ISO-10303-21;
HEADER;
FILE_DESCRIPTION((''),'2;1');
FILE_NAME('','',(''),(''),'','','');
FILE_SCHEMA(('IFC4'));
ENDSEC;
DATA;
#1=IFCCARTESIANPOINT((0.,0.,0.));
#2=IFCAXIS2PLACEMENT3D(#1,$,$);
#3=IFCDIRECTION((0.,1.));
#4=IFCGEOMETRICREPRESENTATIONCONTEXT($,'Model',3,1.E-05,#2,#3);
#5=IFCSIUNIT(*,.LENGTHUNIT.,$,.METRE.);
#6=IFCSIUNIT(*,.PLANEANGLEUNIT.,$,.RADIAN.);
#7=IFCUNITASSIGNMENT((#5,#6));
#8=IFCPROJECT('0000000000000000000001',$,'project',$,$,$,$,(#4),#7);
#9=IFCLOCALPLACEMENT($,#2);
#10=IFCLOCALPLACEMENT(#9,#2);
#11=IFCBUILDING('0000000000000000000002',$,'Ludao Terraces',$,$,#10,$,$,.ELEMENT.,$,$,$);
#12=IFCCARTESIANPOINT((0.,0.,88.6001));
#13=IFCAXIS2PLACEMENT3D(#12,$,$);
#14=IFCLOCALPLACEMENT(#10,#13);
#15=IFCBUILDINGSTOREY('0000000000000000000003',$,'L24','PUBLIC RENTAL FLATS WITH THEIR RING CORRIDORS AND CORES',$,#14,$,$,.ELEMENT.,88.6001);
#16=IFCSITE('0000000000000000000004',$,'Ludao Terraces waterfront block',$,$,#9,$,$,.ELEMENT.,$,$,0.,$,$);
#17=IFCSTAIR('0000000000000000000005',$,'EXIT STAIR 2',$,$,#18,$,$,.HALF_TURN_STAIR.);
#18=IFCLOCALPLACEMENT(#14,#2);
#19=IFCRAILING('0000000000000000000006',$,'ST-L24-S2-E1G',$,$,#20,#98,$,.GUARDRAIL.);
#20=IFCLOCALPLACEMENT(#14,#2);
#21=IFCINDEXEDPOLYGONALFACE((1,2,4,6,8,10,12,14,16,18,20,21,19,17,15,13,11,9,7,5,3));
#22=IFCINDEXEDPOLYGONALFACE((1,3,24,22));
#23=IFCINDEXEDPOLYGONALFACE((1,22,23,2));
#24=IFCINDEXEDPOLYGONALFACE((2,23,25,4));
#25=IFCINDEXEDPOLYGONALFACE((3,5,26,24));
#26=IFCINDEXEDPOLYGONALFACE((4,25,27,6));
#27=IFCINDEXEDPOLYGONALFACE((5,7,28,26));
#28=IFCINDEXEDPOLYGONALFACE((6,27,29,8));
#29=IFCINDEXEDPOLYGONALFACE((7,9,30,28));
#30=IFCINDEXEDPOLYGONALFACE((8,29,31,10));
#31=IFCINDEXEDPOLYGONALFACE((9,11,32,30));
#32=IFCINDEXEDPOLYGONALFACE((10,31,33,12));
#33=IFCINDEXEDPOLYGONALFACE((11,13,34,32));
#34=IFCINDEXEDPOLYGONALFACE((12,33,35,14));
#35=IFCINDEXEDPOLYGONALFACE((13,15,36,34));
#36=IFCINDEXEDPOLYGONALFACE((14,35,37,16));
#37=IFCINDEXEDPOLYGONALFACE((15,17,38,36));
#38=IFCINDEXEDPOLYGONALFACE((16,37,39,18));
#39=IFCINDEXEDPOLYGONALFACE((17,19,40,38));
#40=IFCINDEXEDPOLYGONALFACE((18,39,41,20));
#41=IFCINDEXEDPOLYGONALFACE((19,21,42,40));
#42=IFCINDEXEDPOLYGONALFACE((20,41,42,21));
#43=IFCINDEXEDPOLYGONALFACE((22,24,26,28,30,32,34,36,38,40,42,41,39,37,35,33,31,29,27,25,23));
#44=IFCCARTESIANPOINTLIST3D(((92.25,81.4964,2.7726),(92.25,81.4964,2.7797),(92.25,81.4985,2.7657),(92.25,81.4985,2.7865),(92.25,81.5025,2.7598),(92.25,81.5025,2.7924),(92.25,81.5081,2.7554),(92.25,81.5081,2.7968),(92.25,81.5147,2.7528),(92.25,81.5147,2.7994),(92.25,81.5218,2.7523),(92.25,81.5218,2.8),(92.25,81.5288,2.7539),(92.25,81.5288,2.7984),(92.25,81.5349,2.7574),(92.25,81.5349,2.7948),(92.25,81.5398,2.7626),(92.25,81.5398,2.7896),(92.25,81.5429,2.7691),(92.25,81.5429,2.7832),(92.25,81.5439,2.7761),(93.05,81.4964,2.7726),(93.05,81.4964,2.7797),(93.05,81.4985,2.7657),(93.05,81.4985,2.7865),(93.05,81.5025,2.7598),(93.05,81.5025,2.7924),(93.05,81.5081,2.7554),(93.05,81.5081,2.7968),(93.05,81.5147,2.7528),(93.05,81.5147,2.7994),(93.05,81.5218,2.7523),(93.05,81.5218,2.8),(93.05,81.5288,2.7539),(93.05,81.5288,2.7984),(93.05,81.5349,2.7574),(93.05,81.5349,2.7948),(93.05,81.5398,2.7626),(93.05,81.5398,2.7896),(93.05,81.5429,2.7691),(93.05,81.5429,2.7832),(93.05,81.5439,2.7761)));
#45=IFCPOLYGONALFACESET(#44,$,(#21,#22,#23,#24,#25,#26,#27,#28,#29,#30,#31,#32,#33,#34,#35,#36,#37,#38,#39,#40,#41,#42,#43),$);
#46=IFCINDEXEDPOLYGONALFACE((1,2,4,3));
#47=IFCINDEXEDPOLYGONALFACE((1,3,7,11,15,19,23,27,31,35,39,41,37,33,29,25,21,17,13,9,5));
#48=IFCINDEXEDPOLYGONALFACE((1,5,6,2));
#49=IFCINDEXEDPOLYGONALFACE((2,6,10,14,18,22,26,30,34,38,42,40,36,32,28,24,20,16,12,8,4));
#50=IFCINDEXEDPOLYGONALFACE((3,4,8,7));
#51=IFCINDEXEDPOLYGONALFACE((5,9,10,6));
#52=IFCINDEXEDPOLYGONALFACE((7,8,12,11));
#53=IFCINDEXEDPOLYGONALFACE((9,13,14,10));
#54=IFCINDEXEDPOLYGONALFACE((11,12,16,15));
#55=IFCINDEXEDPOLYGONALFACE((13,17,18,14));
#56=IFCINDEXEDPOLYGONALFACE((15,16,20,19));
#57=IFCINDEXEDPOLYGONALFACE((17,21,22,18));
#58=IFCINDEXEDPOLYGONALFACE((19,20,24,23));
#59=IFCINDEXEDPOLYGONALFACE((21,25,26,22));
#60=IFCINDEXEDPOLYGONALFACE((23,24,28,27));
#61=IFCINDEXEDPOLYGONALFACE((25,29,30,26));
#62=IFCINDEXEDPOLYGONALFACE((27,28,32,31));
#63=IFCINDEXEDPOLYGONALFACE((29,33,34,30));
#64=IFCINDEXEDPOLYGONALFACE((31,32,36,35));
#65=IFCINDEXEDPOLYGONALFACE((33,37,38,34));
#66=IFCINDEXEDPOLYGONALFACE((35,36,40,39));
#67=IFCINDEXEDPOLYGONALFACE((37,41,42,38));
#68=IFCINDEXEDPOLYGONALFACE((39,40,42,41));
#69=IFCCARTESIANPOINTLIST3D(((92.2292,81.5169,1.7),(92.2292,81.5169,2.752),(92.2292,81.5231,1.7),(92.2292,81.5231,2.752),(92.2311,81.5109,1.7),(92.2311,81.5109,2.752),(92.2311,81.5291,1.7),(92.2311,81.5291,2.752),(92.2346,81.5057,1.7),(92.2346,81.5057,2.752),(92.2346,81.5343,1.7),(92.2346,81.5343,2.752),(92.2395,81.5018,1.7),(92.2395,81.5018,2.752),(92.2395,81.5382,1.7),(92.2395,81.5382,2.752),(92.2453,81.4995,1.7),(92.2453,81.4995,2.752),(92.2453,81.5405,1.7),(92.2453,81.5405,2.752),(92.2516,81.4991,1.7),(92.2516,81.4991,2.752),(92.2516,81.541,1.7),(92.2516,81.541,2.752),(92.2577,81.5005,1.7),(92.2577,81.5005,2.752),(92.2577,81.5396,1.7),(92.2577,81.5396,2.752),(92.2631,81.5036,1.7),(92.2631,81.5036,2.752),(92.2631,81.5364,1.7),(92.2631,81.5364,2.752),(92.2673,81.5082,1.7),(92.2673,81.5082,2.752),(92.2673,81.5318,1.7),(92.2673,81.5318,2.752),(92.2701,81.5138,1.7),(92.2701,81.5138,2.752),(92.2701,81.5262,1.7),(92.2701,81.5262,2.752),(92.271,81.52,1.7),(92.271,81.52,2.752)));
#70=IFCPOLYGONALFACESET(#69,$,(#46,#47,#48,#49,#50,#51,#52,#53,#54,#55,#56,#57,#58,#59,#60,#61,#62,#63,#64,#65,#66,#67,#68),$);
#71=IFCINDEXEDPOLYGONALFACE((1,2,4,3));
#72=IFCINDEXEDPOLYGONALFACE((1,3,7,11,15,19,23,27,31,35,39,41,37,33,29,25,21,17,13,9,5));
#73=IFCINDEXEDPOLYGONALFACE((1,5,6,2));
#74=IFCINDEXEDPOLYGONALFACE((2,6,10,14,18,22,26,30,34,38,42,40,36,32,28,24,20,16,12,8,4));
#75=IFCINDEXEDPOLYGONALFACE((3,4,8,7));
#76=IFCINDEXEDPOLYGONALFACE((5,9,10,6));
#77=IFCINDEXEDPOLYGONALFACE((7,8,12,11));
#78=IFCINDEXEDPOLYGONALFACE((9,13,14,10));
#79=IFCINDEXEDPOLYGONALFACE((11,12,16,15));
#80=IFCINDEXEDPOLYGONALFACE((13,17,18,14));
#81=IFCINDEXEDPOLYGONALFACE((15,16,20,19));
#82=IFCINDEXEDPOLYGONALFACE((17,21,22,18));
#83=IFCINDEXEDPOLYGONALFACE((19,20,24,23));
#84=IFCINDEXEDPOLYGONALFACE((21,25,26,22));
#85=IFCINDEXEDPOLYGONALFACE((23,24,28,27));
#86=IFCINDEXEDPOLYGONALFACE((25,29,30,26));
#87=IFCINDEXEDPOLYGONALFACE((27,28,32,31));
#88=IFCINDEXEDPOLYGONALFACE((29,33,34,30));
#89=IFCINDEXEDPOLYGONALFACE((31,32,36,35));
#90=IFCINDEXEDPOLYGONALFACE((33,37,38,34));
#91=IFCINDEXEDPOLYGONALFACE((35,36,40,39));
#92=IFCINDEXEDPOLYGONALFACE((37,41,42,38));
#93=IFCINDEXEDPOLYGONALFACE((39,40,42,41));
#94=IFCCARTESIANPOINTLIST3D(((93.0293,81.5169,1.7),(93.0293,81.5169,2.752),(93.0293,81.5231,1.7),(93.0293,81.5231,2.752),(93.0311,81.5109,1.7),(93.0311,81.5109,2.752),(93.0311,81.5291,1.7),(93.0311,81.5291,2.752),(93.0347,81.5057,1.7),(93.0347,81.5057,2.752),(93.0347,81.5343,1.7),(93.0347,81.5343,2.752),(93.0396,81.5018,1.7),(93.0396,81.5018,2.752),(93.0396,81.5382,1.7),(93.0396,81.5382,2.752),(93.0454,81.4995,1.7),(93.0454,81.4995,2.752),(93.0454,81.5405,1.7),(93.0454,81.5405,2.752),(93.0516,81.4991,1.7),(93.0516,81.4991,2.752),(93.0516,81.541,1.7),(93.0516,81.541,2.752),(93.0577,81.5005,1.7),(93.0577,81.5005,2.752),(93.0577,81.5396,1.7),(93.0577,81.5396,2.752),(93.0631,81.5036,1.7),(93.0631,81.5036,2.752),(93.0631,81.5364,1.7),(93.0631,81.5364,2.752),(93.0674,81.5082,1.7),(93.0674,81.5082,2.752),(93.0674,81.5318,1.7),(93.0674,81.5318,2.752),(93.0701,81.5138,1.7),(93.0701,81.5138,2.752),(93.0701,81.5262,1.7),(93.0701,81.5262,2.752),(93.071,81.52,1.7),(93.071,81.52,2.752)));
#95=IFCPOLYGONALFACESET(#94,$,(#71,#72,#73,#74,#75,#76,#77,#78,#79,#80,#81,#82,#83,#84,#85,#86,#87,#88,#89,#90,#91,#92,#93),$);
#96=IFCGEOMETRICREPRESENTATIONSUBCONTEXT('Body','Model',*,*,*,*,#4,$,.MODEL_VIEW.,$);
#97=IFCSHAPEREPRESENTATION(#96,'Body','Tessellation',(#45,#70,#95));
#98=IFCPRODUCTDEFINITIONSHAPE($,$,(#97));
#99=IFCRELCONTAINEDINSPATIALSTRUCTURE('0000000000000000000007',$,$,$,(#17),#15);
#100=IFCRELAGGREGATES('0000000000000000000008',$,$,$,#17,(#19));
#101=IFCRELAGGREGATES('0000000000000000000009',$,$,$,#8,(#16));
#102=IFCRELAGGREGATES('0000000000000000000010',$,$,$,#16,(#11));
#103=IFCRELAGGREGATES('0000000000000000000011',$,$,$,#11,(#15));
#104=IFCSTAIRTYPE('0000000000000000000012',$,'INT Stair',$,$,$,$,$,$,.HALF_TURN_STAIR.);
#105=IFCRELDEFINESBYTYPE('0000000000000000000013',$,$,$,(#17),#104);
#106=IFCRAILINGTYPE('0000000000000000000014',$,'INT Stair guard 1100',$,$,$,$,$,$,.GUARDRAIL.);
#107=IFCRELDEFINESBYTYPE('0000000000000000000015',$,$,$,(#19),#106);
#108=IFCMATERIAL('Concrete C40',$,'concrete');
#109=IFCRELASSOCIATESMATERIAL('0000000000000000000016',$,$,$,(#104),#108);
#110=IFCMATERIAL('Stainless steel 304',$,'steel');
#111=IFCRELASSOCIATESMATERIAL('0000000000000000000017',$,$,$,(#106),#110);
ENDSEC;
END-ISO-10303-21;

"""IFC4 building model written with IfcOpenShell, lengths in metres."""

from ifc_helpers import new_model, si_unit, direction, frame, origin, origin_2d, place, context, subcontext, project, spatial, circle, extrude, material, type_object, element, aggregate, save


model = new_model("IFC4")

# Units and contexts
model_context = context("Model", 3, precision=1e-05, world=origin(), true_north=direction((0.0, 1.0)))
body_context = subcontext(model_context, "Body", "Model", "MODEL_VIEW")
ifc_project = project(units=[si_unit("LENGTHUNIT", "METRE"), si_unit("PLANEANGLEUNIT", "RADIAN")], contexts=[model_context])

# Site, building, storey
site_placement = place(None, origin())
site = spatial("IfcSite", under=ifc_project, at=site_placement, Name="Ludao Terraces waterfront block", CompositionType="ELEMENT", RefElevation=0.0)
building_placement = place(site_placement, origin())
building = spatial("IfcBuilding", under=site, at=building_placement, Name="Ludao Terraces", CompositionType="ELEMENT")
storey_placement = place(building_placement, frame((0.0, 0.0, 88.6001)))
storey = spatial("IfcBuildingStorey", under=building, at=storey_placement, Name="L24", Description="PUBLIC RENTAL FLATS WITH THEIR RING CORRIDORS AND CORES", CompositionType="ELEMENT", Elevation=88.6001)

# Shared definitions
ifc_material_1 = material(Name="Concrete C40", Category="concrete")

# Stair, railing
stair_type = type_object("IfcStairType", Name="INT Stair", PredefinedType="HALF_TURN_STAIR", material=ifc_material_1)
stair_placement = place(storey_placement, origin())
stair = element("IfcStair", 1, at=stair_placement, inside=storey, type_object=stair_type, Name="EXIT STAIR 2", PredefinedType="HALF_TURN_STAIR")
ifc_material_2 = material(Name="Stainless steel 304", Category="steel")
railing_type_1 = type_object("IfcRailingType", Name="INT Stair guard 1100", PredefinedType="GUARDRAIL", material=ifc_material_2)
railing_1_placement = place(storey_placement, frame((92.25, 81.52, 1.7)))
railing_1 = element("IfcRailing", 2, at=railing_1_placement, type_object=railing_type_1, Name="ST-L24-S2-E1G", PredefinedType="GUARDRAIL", context=body_context, shape_type="SweptSolid", body=[
    extrude(circle(Radius=0.0239, at=origin_2d()), frame((0.0, 0.0, 1.0762), z_axis=(1.0, 0.0, 0.0), x_axis=(0.0, 1.0, 0.0)), (0.0, 0.0, 1.0), 0.8),
    extrude(circle(Radius=0.021, at=origin_2d()), origin(), (0.0, 0.0, 1.0), 1.052),
    extrude(circle(Radius=0.021, at=origin_2d()), frame((0.8, 0.0, 0.0)), (0.0, 0.0, 1.0), 1.052),
])
aggregate(stair, [railing_1])

save(model, "model.ifc")
